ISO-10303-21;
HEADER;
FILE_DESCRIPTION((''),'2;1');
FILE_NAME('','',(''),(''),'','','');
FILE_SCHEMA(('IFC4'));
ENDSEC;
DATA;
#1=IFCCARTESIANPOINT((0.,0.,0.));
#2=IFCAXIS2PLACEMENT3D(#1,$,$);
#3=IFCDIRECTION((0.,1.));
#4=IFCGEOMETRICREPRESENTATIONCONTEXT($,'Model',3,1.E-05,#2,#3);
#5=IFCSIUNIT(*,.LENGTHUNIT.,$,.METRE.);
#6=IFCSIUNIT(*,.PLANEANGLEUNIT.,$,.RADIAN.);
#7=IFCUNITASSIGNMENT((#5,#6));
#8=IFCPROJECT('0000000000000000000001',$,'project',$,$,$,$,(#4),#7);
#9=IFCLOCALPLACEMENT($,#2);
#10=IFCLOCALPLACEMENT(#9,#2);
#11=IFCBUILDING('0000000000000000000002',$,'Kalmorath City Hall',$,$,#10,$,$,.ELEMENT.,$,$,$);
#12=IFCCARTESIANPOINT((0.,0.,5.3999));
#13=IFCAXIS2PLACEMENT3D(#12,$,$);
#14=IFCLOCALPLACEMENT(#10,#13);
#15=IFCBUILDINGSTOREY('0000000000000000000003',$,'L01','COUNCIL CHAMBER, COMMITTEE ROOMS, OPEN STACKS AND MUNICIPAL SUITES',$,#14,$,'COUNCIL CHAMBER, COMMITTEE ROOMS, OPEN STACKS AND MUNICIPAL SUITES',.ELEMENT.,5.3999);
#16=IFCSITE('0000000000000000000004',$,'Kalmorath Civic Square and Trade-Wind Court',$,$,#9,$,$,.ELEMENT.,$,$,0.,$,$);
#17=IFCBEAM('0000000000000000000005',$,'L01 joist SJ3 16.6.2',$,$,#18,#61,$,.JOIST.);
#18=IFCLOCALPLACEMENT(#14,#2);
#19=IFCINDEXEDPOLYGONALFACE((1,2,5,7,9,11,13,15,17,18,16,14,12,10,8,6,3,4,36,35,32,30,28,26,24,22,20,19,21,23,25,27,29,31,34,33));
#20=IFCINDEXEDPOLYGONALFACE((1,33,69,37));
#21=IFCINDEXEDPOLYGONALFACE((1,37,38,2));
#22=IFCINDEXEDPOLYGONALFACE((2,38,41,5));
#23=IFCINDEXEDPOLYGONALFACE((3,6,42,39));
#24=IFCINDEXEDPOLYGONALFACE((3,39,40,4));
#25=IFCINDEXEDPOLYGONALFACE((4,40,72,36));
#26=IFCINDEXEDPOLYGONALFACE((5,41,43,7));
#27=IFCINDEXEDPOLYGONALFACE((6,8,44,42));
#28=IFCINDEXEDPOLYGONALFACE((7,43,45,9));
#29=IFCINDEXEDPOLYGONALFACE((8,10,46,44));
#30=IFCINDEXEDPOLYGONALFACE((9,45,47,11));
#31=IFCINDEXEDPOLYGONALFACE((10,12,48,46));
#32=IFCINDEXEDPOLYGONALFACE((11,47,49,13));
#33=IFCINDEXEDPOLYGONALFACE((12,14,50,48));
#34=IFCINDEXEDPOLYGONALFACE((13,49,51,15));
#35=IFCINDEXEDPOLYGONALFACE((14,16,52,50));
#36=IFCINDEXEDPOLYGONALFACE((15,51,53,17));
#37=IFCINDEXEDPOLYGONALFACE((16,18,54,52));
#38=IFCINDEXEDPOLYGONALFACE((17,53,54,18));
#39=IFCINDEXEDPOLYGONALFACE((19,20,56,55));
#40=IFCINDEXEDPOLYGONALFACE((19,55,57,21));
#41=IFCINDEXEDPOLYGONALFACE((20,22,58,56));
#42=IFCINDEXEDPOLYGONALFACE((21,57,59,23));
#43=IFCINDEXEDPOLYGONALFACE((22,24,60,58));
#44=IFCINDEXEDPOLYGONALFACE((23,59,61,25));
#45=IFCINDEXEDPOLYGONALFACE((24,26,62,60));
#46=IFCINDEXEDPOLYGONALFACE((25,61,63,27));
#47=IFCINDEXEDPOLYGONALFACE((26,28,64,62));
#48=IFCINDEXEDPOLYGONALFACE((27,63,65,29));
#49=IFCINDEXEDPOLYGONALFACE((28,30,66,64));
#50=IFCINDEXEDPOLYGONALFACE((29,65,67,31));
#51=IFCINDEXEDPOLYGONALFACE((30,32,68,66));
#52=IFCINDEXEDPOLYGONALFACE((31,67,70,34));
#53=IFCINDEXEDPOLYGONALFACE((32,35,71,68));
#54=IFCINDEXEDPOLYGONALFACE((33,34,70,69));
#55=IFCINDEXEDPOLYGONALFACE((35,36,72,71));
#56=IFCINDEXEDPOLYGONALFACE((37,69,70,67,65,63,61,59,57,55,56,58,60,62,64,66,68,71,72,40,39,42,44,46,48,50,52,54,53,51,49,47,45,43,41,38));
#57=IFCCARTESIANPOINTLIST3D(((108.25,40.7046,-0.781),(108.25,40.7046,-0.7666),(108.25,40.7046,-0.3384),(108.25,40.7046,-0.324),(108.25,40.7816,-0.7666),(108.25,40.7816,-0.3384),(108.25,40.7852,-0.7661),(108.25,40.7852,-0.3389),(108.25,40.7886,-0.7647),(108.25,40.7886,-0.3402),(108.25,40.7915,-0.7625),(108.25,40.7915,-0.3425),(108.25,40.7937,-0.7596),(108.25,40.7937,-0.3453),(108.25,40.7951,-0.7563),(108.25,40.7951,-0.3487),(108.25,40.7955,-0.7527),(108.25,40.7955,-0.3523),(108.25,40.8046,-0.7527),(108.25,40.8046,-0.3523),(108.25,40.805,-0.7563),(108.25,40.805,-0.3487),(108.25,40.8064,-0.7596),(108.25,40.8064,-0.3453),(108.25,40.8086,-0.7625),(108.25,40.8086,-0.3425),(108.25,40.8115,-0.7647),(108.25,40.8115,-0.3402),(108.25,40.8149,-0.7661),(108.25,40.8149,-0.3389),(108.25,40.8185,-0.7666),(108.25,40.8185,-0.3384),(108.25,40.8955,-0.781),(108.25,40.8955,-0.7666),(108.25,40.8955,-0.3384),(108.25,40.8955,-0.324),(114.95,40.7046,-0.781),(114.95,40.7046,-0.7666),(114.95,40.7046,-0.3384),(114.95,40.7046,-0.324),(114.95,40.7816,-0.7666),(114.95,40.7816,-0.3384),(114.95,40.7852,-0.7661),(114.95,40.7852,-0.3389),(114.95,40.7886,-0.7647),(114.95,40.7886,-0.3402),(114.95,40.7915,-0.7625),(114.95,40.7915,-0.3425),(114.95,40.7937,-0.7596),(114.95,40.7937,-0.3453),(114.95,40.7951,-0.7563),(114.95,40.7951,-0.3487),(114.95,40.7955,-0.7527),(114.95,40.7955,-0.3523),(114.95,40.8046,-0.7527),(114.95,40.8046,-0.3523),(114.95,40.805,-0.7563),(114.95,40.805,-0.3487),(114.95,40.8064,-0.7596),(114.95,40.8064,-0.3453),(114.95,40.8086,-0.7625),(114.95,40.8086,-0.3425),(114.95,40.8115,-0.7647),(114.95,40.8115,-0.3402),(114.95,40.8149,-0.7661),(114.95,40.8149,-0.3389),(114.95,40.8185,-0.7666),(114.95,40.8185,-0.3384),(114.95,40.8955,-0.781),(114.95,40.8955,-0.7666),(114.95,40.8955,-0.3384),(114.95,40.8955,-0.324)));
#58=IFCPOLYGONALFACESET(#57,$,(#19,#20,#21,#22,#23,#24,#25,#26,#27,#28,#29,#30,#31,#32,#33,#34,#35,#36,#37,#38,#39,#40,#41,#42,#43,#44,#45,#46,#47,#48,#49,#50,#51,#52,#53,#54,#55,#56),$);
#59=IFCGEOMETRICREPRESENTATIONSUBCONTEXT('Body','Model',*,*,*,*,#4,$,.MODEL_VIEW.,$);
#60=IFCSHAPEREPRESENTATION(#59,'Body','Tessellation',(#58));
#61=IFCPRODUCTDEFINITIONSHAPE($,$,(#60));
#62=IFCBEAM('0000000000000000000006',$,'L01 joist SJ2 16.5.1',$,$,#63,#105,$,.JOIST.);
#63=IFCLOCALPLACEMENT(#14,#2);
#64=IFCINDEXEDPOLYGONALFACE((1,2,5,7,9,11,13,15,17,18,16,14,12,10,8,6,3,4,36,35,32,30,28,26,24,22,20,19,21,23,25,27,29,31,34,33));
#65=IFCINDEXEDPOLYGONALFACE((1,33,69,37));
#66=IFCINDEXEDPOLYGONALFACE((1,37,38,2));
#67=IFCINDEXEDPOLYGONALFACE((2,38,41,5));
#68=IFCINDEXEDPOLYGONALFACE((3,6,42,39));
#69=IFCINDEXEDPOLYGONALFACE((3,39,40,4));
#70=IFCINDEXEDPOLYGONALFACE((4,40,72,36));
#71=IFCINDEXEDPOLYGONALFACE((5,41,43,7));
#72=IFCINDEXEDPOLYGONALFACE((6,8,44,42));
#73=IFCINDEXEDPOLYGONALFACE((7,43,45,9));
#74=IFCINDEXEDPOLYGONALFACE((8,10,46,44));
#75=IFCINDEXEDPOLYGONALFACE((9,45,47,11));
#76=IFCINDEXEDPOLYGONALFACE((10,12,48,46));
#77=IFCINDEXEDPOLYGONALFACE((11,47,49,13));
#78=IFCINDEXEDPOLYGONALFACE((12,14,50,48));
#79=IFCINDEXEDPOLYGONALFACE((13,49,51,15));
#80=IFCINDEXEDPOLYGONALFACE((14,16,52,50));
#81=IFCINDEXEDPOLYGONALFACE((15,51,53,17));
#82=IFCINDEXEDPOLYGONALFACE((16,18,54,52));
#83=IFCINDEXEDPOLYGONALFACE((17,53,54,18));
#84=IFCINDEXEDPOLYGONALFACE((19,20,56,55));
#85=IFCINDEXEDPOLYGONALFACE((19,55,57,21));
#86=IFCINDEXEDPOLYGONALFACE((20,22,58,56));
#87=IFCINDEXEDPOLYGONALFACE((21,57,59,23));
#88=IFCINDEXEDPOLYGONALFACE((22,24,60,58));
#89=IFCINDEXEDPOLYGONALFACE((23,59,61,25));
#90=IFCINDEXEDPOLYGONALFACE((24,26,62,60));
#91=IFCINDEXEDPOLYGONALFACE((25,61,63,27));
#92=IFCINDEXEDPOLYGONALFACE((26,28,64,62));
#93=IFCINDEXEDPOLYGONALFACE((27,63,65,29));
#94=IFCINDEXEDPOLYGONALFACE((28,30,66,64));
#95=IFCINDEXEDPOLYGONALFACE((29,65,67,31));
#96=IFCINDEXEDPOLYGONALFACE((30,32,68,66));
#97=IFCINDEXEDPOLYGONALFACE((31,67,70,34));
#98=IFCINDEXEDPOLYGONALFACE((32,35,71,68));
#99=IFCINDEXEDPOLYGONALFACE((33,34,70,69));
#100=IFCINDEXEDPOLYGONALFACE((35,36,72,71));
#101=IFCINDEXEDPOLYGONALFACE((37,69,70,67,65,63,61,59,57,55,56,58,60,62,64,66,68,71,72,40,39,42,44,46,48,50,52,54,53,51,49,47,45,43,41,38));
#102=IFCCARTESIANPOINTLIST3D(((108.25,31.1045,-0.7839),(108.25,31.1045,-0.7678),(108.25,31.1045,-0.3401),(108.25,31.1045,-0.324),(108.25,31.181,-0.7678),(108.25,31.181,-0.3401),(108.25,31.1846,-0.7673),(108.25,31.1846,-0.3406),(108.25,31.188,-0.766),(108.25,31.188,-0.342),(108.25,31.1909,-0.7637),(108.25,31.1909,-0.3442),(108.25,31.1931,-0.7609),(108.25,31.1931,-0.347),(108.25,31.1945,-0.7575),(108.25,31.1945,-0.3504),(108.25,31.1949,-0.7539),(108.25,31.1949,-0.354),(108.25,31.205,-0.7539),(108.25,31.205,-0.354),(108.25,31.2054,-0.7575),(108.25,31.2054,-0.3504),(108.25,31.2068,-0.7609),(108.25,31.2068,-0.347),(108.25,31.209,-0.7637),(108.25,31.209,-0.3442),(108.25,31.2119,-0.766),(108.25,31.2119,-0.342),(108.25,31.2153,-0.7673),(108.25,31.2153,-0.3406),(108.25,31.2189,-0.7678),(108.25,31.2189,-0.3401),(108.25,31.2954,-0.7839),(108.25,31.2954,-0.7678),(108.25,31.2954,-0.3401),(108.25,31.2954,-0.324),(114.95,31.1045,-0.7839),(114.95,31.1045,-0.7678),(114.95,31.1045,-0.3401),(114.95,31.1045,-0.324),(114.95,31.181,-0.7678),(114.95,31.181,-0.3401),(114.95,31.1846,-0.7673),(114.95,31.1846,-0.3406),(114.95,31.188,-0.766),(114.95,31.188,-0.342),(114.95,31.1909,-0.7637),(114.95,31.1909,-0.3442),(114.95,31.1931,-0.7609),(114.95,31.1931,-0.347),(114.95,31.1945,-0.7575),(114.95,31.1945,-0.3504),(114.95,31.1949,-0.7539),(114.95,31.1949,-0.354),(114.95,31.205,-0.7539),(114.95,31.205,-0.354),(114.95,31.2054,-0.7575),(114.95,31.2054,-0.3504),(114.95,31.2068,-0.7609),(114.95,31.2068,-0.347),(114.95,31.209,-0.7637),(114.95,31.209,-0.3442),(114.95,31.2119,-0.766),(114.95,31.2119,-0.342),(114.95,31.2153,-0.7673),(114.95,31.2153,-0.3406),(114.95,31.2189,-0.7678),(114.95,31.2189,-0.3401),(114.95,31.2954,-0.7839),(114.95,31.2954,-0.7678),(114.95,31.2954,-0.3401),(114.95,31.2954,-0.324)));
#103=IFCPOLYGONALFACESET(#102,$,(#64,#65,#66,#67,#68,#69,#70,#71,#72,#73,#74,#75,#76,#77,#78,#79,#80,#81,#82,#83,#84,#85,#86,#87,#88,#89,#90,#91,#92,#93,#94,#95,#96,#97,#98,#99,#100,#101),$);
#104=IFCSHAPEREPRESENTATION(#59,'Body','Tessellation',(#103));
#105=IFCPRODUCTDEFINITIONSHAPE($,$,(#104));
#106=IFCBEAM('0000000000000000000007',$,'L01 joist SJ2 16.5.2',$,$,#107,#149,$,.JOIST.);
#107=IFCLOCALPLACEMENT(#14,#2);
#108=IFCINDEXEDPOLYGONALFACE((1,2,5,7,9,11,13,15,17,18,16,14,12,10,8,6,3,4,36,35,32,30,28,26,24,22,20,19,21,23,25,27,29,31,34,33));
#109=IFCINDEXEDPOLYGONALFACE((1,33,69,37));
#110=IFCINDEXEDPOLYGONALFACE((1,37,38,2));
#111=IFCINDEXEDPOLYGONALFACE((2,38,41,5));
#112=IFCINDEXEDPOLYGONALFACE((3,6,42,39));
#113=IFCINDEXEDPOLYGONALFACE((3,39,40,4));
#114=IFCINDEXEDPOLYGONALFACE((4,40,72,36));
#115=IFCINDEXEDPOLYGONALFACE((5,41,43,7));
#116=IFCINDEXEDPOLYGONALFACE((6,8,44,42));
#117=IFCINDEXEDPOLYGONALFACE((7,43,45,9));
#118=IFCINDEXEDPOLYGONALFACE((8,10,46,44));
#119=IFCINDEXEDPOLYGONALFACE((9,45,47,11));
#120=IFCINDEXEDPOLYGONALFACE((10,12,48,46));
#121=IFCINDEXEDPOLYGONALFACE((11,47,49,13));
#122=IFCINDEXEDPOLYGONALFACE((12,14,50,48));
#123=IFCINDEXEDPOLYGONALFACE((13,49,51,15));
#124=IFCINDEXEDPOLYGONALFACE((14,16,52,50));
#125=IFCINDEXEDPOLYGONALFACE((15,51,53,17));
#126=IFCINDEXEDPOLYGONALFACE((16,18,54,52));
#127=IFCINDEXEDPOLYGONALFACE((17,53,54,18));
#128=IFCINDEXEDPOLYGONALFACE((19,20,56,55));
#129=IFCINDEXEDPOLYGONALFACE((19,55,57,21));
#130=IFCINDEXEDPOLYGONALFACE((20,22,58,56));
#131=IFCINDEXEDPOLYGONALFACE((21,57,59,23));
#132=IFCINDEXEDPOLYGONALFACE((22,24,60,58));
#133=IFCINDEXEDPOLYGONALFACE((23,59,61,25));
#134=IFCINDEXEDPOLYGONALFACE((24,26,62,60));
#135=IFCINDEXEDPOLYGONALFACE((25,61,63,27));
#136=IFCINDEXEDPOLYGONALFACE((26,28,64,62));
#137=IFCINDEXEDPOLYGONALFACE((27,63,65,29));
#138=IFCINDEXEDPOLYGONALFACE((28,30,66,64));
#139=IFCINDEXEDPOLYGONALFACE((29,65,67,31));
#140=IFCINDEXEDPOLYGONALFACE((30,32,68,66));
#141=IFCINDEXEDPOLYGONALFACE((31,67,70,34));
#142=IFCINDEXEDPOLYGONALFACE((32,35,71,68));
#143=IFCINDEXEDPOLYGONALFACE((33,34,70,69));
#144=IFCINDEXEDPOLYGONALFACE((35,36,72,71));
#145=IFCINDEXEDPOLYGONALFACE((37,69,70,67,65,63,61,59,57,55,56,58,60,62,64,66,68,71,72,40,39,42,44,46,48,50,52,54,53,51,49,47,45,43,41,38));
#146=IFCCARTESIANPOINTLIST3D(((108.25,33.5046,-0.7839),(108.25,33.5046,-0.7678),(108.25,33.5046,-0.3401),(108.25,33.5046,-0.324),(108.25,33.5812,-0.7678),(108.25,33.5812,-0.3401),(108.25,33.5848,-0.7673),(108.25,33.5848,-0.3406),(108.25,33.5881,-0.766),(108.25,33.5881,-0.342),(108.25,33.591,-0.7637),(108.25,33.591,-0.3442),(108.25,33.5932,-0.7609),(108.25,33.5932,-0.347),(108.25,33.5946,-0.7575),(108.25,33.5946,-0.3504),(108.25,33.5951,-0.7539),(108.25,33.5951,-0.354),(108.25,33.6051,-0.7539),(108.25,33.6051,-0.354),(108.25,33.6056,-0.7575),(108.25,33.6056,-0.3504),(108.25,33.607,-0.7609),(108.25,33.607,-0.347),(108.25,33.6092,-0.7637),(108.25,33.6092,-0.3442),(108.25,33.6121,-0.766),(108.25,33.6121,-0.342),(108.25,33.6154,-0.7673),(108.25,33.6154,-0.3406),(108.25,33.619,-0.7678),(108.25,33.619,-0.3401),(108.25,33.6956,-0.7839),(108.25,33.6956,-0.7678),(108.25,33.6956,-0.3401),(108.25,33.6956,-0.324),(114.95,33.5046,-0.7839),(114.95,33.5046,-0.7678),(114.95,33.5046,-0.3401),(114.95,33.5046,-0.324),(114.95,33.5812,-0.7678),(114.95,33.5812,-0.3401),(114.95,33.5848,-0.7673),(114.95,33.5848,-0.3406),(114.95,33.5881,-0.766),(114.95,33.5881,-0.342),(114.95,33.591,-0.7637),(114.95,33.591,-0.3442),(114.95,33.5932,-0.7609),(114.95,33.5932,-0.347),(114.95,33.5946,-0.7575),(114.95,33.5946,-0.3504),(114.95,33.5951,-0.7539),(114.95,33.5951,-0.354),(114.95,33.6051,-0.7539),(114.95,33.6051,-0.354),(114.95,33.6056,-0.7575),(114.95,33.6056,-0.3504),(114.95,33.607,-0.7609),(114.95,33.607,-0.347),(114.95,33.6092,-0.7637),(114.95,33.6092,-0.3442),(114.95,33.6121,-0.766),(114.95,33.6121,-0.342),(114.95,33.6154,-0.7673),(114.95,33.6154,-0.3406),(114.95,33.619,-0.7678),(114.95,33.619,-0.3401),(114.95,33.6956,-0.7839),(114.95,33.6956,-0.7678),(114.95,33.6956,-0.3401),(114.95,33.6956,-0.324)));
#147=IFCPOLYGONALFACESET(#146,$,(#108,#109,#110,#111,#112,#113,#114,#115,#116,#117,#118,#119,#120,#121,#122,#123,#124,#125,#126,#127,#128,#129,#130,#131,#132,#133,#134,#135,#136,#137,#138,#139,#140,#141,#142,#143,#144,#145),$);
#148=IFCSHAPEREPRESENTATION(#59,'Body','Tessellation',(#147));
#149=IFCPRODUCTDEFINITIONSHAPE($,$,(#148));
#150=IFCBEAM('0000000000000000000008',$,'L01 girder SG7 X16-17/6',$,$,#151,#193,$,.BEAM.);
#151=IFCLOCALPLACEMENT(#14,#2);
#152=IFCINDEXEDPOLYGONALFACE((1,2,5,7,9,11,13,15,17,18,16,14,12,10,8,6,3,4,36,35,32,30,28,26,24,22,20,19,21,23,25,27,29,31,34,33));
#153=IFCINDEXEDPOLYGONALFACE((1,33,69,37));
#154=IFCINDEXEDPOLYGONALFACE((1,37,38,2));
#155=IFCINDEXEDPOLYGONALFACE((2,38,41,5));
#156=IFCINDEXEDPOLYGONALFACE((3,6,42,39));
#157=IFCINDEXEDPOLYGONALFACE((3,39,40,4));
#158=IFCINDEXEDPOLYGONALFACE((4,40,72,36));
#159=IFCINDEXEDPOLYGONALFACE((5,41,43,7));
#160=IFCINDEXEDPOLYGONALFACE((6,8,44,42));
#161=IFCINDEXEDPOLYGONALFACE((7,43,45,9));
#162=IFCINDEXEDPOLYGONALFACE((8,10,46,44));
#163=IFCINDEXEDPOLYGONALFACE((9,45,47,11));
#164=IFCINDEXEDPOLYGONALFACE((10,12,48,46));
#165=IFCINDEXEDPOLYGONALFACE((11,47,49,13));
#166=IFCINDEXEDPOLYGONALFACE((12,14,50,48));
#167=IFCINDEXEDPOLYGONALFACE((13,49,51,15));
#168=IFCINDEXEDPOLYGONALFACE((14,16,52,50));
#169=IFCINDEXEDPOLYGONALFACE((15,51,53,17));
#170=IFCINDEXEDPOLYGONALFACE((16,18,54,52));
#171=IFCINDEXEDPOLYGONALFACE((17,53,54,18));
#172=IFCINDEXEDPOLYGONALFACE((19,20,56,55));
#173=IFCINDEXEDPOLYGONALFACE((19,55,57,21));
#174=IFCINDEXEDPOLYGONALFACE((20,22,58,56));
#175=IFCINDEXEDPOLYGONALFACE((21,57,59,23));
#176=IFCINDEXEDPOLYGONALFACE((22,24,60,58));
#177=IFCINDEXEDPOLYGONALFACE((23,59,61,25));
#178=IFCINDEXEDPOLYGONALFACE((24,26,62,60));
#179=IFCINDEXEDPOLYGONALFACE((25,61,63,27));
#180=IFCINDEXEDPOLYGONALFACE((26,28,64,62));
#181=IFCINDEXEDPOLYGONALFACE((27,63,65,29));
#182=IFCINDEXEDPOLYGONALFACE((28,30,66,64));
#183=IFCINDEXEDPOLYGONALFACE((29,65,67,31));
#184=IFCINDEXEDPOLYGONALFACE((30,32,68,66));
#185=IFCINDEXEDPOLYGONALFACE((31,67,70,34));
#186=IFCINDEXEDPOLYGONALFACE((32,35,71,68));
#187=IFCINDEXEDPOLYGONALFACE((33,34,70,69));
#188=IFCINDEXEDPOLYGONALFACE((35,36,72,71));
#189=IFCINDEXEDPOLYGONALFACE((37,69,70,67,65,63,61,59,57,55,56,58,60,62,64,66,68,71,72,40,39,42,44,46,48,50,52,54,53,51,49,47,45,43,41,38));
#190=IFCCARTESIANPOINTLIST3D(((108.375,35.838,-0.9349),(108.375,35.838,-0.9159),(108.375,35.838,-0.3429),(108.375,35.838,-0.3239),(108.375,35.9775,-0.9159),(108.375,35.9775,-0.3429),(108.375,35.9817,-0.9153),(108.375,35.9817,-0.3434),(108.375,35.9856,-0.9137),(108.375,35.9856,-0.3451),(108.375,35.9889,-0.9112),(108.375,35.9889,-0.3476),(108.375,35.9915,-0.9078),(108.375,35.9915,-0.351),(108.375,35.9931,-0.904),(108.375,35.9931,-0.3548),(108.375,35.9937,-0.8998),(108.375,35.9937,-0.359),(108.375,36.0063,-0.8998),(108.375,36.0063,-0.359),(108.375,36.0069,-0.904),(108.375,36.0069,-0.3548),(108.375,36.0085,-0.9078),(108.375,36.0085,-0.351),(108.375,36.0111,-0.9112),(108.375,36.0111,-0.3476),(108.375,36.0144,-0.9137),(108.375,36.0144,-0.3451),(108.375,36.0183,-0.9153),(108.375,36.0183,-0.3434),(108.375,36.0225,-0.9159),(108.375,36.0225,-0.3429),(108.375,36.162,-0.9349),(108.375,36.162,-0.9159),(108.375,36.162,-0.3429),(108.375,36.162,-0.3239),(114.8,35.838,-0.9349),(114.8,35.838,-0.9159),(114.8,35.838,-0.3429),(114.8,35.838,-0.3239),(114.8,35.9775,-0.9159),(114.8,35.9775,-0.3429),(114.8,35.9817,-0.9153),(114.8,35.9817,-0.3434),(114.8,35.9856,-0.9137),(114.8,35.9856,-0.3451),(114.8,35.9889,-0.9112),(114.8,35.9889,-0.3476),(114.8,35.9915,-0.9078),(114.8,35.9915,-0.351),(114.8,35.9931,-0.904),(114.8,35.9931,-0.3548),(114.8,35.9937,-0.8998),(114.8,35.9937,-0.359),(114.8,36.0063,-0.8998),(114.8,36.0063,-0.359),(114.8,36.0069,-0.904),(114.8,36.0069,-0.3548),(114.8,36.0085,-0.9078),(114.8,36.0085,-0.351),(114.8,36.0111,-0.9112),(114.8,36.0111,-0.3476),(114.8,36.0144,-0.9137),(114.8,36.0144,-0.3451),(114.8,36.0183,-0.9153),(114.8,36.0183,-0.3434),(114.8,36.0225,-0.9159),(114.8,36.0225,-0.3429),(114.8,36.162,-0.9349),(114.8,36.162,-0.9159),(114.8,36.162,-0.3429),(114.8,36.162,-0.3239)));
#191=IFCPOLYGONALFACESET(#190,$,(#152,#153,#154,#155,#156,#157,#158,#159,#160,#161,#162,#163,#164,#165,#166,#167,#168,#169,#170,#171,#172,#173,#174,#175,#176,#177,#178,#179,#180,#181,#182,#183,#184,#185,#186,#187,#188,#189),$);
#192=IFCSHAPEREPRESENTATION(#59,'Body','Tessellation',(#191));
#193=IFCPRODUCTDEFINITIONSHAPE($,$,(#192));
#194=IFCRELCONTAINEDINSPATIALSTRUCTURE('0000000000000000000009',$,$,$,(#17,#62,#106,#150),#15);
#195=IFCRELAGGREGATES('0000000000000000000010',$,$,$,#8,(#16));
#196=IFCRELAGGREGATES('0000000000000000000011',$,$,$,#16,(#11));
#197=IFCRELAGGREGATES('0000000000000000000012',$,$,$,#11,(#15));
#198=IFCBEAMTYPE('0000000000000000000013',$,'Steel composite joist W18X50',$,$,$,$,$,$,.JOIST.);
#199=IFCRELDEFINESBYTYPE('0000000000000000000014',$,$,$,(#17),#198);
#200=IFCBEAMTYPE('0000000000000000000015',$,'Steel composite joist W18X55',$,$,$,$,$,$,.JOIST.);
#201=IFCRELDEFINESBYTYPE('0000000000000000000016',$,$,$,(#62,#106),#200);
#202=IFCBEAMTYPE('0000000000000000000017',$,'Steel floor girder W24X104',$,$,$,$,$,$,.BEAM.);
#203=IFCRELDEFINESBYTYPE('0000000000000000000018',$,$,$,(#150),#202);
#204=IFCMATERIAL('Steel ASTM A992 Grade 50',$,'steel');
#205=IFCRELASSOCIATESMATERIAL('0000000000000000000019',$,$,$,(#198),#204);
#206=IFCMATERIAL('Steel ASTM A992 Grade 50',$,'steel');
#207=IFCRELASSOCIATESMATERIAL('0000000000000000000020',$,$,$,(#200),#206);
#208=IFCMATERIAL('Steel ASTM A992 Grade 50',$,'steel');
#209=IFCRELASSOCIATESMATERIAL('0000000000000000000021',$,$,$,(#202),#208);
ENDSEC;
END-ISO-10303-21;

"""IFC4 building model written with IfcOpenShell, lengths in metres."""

from ifc_helpers import new_model, si_unit, direction, frame, origin, origin_2d, place, context, subcontext, project, spatial, i_section, extrude, material, material_profile, profile_set, type_object, element, save


model = new_model("IFC4")

# Units and contexts
model_context = context("Model", 3, precision=1e-05, world=origin(), true_north=direction((0.0, 1.0)))
body_context = subcontext(model_context, "Body", "Model", "MODEL_VIEW")
ifc_project = project(units=[si_unit("LENGTHUNIT", "METRE"), si_unit("PLANEANGLEUNIT", "RADIAN")], contexts=[model_context])

# Site, building, storey
site_placement = place(None, origin())
site = spatial("IfcSite", under=ifc_project, at=site_placement, Name="Kalmorath Civic Square and Trade-Wind Court", CompositionType="ELEMENT", RefElevation=0.0)
building_placement = place(site_placement, origin())
building = spatial("IfcBuilding", under=site, at=building_placement, Name="Kalmorath City Hall", CompositionType="ELEMENT")
storey_placement = place(building_placement, frame((0.0, 0.0, 5.3999)))
storey = spatial("IfcBuildingStorey", under=building, at=storey_placement, Name="L01", Description="COUNCIL CHAMBER, COMMITTEE ROOMS, OPEN STACKS AND MUNICIPAL SUITES", LongName="COUNCIL CHAMBER, COMMITTEE ROOMS, OPEN STACKS AND MUNICIPAL SUITES", CompositionType="ELEMENT", Elevation=5.3999)

# Beams
ifc_material_1 = material(Name="Steel ASTM A992 Grade 50", Category="steel")
ifc_material_profile_1 = material_profile(ifc_material_1, i_section(OverallWidth=0.1909, OverallDepth=0.457, WebThickness=0.009, FlangeThickness=0.0144, FilletRadius=0.0139, at=origin_2d()), Name="W18X50")
ifc_profile_set_1 = profile_set([ifc_material_profile_1], Name="Steel ASTM A992 Grade 50")
beam_type_1 = type_object("IfcBeamType", Name="Steel composite joist W18X50", PredefinedType="JOIST", material=ifc_profile_set_1)
for number, where, z_axis, x_axis, name in (
    (1, (108.25, 40.8, -0.5525), (1.0, 0.0, 0.0), (0.0, 1.0, 0.0), "L01 joist SJ3 16.6.2"),
):
    element("IfcBeam", number, at=place(storey_placement, frame(where, z_axis=z_axis, x_axis=x_axis)), inside=storey, type_object=beam_type_1, Name=name, PredefinedType="JOIST", context=body_context, shape_type="SweptSolid", body=[
        extrude(i_section(OverallWidth=0.1909, OverallDepth=0.457, WebThickness=0.009, FlangeThickness=0.0144, FilletRadius=0.0139, at=origin_2d()), origin(), (0.0, 0.0, 1.0), 6.7),
    ])
ifc_material_2 = material(Name="Steel ASTM A992 Grade 50", Category="steel")
ifc_material_profile_2 = material_profile(ifc_material_2, i_section(OverallWidth=0.1909, OverallDepth=0.46, WebThickness=0.01, FlangeThickness=0.0161, FilletRadius=0.0139, at=origin_2d()), Name="W18X55")
ifc_profile_set_2 = profile_set([ifc_material_profile_2], Name="Steel ASTM A992 Grade 50")
beam_type_2 = type_object("IfcBeamType", Name="Steel composite joist W18X55", PredefinedType="JOIST", material=ifc_profile_set_2)
for number, where, z_axis, x_axis, name in (
    (2, (108.25, 31.2, -0.554), (1.0, 0.0, 0.0), (0.0, 1.0, 0.0), "L01 joist SJ2 16.5.1"),
    (3, (108.25, 33.6001, -0.554), (1.0, 0.0, 0.0), (0.0, 1.0, 0.0), "L01 joist SJ2 16.5.2"),
):
    element("IfcBeam", number, at=place(storey_placement, frame(where, z_axis=z_axis, x_axis=x_axis)), inside=storey, type_object=beam_type_2, Name=name, PredefinedType="JOIST", context=body_context, shape_type="SweptSolid", body=[
        extrude(i_section(OverallWidth=0.1909, OverallDepth=0.46, WebThickness=0.01, FlangeThickness=0.0161, FilletRadius=0.0139, at=origin_2d()), origin(), (0.0, 0.0, 1.0), 6.7),
    ])
ifc_material_3 = material(Name="Steel ASTM A992 Grade 50", Category="steel")
ifc_material_profile_3 = material_profile(ifc_material_3, i_section(OverallWidth=0.324, OverallDepth=0.6111, WebThickness=0.0127, FlangeThickness=0.019, FilletRadius=0.0161, at=origin_2d()), Name="W24X104")
ifc_profile_set_3 = profile_set([ifc_material_profile_3], Name="Steel ASTM A992 Grade 50")
beam_type_3 = type_object("IfcBeamType", Name="Steel floor girder W24X104", PredefinedType="BEAM", material=ifc_profile_set_3)
beam_placement = place(storey_placement, frame((108.375, 36.0, -0.6294), z_axis=(1.0, 0.0, 0.0), x_axis=(0.0, 1.0, 0.0)))
element("IfcBeam", 4, at=beam_placement, inside=storey, type_object=beam_type_3, Name="L01 girder SG7 X16-17/6", PredefinedType="BEAM", context=body_context, shape_type="SweptSolid", body=[
    extrude(i_section(OverallWidth=0.324, OverallDepth=0.6111, WebThickness=0.0127, FlangeThickness=0.019, FilletRadius=0.0161, at=origin_2d()), origin(), (0.0, 0.0, 1.0), 6.425),
])

save(model, "model.ifc")
